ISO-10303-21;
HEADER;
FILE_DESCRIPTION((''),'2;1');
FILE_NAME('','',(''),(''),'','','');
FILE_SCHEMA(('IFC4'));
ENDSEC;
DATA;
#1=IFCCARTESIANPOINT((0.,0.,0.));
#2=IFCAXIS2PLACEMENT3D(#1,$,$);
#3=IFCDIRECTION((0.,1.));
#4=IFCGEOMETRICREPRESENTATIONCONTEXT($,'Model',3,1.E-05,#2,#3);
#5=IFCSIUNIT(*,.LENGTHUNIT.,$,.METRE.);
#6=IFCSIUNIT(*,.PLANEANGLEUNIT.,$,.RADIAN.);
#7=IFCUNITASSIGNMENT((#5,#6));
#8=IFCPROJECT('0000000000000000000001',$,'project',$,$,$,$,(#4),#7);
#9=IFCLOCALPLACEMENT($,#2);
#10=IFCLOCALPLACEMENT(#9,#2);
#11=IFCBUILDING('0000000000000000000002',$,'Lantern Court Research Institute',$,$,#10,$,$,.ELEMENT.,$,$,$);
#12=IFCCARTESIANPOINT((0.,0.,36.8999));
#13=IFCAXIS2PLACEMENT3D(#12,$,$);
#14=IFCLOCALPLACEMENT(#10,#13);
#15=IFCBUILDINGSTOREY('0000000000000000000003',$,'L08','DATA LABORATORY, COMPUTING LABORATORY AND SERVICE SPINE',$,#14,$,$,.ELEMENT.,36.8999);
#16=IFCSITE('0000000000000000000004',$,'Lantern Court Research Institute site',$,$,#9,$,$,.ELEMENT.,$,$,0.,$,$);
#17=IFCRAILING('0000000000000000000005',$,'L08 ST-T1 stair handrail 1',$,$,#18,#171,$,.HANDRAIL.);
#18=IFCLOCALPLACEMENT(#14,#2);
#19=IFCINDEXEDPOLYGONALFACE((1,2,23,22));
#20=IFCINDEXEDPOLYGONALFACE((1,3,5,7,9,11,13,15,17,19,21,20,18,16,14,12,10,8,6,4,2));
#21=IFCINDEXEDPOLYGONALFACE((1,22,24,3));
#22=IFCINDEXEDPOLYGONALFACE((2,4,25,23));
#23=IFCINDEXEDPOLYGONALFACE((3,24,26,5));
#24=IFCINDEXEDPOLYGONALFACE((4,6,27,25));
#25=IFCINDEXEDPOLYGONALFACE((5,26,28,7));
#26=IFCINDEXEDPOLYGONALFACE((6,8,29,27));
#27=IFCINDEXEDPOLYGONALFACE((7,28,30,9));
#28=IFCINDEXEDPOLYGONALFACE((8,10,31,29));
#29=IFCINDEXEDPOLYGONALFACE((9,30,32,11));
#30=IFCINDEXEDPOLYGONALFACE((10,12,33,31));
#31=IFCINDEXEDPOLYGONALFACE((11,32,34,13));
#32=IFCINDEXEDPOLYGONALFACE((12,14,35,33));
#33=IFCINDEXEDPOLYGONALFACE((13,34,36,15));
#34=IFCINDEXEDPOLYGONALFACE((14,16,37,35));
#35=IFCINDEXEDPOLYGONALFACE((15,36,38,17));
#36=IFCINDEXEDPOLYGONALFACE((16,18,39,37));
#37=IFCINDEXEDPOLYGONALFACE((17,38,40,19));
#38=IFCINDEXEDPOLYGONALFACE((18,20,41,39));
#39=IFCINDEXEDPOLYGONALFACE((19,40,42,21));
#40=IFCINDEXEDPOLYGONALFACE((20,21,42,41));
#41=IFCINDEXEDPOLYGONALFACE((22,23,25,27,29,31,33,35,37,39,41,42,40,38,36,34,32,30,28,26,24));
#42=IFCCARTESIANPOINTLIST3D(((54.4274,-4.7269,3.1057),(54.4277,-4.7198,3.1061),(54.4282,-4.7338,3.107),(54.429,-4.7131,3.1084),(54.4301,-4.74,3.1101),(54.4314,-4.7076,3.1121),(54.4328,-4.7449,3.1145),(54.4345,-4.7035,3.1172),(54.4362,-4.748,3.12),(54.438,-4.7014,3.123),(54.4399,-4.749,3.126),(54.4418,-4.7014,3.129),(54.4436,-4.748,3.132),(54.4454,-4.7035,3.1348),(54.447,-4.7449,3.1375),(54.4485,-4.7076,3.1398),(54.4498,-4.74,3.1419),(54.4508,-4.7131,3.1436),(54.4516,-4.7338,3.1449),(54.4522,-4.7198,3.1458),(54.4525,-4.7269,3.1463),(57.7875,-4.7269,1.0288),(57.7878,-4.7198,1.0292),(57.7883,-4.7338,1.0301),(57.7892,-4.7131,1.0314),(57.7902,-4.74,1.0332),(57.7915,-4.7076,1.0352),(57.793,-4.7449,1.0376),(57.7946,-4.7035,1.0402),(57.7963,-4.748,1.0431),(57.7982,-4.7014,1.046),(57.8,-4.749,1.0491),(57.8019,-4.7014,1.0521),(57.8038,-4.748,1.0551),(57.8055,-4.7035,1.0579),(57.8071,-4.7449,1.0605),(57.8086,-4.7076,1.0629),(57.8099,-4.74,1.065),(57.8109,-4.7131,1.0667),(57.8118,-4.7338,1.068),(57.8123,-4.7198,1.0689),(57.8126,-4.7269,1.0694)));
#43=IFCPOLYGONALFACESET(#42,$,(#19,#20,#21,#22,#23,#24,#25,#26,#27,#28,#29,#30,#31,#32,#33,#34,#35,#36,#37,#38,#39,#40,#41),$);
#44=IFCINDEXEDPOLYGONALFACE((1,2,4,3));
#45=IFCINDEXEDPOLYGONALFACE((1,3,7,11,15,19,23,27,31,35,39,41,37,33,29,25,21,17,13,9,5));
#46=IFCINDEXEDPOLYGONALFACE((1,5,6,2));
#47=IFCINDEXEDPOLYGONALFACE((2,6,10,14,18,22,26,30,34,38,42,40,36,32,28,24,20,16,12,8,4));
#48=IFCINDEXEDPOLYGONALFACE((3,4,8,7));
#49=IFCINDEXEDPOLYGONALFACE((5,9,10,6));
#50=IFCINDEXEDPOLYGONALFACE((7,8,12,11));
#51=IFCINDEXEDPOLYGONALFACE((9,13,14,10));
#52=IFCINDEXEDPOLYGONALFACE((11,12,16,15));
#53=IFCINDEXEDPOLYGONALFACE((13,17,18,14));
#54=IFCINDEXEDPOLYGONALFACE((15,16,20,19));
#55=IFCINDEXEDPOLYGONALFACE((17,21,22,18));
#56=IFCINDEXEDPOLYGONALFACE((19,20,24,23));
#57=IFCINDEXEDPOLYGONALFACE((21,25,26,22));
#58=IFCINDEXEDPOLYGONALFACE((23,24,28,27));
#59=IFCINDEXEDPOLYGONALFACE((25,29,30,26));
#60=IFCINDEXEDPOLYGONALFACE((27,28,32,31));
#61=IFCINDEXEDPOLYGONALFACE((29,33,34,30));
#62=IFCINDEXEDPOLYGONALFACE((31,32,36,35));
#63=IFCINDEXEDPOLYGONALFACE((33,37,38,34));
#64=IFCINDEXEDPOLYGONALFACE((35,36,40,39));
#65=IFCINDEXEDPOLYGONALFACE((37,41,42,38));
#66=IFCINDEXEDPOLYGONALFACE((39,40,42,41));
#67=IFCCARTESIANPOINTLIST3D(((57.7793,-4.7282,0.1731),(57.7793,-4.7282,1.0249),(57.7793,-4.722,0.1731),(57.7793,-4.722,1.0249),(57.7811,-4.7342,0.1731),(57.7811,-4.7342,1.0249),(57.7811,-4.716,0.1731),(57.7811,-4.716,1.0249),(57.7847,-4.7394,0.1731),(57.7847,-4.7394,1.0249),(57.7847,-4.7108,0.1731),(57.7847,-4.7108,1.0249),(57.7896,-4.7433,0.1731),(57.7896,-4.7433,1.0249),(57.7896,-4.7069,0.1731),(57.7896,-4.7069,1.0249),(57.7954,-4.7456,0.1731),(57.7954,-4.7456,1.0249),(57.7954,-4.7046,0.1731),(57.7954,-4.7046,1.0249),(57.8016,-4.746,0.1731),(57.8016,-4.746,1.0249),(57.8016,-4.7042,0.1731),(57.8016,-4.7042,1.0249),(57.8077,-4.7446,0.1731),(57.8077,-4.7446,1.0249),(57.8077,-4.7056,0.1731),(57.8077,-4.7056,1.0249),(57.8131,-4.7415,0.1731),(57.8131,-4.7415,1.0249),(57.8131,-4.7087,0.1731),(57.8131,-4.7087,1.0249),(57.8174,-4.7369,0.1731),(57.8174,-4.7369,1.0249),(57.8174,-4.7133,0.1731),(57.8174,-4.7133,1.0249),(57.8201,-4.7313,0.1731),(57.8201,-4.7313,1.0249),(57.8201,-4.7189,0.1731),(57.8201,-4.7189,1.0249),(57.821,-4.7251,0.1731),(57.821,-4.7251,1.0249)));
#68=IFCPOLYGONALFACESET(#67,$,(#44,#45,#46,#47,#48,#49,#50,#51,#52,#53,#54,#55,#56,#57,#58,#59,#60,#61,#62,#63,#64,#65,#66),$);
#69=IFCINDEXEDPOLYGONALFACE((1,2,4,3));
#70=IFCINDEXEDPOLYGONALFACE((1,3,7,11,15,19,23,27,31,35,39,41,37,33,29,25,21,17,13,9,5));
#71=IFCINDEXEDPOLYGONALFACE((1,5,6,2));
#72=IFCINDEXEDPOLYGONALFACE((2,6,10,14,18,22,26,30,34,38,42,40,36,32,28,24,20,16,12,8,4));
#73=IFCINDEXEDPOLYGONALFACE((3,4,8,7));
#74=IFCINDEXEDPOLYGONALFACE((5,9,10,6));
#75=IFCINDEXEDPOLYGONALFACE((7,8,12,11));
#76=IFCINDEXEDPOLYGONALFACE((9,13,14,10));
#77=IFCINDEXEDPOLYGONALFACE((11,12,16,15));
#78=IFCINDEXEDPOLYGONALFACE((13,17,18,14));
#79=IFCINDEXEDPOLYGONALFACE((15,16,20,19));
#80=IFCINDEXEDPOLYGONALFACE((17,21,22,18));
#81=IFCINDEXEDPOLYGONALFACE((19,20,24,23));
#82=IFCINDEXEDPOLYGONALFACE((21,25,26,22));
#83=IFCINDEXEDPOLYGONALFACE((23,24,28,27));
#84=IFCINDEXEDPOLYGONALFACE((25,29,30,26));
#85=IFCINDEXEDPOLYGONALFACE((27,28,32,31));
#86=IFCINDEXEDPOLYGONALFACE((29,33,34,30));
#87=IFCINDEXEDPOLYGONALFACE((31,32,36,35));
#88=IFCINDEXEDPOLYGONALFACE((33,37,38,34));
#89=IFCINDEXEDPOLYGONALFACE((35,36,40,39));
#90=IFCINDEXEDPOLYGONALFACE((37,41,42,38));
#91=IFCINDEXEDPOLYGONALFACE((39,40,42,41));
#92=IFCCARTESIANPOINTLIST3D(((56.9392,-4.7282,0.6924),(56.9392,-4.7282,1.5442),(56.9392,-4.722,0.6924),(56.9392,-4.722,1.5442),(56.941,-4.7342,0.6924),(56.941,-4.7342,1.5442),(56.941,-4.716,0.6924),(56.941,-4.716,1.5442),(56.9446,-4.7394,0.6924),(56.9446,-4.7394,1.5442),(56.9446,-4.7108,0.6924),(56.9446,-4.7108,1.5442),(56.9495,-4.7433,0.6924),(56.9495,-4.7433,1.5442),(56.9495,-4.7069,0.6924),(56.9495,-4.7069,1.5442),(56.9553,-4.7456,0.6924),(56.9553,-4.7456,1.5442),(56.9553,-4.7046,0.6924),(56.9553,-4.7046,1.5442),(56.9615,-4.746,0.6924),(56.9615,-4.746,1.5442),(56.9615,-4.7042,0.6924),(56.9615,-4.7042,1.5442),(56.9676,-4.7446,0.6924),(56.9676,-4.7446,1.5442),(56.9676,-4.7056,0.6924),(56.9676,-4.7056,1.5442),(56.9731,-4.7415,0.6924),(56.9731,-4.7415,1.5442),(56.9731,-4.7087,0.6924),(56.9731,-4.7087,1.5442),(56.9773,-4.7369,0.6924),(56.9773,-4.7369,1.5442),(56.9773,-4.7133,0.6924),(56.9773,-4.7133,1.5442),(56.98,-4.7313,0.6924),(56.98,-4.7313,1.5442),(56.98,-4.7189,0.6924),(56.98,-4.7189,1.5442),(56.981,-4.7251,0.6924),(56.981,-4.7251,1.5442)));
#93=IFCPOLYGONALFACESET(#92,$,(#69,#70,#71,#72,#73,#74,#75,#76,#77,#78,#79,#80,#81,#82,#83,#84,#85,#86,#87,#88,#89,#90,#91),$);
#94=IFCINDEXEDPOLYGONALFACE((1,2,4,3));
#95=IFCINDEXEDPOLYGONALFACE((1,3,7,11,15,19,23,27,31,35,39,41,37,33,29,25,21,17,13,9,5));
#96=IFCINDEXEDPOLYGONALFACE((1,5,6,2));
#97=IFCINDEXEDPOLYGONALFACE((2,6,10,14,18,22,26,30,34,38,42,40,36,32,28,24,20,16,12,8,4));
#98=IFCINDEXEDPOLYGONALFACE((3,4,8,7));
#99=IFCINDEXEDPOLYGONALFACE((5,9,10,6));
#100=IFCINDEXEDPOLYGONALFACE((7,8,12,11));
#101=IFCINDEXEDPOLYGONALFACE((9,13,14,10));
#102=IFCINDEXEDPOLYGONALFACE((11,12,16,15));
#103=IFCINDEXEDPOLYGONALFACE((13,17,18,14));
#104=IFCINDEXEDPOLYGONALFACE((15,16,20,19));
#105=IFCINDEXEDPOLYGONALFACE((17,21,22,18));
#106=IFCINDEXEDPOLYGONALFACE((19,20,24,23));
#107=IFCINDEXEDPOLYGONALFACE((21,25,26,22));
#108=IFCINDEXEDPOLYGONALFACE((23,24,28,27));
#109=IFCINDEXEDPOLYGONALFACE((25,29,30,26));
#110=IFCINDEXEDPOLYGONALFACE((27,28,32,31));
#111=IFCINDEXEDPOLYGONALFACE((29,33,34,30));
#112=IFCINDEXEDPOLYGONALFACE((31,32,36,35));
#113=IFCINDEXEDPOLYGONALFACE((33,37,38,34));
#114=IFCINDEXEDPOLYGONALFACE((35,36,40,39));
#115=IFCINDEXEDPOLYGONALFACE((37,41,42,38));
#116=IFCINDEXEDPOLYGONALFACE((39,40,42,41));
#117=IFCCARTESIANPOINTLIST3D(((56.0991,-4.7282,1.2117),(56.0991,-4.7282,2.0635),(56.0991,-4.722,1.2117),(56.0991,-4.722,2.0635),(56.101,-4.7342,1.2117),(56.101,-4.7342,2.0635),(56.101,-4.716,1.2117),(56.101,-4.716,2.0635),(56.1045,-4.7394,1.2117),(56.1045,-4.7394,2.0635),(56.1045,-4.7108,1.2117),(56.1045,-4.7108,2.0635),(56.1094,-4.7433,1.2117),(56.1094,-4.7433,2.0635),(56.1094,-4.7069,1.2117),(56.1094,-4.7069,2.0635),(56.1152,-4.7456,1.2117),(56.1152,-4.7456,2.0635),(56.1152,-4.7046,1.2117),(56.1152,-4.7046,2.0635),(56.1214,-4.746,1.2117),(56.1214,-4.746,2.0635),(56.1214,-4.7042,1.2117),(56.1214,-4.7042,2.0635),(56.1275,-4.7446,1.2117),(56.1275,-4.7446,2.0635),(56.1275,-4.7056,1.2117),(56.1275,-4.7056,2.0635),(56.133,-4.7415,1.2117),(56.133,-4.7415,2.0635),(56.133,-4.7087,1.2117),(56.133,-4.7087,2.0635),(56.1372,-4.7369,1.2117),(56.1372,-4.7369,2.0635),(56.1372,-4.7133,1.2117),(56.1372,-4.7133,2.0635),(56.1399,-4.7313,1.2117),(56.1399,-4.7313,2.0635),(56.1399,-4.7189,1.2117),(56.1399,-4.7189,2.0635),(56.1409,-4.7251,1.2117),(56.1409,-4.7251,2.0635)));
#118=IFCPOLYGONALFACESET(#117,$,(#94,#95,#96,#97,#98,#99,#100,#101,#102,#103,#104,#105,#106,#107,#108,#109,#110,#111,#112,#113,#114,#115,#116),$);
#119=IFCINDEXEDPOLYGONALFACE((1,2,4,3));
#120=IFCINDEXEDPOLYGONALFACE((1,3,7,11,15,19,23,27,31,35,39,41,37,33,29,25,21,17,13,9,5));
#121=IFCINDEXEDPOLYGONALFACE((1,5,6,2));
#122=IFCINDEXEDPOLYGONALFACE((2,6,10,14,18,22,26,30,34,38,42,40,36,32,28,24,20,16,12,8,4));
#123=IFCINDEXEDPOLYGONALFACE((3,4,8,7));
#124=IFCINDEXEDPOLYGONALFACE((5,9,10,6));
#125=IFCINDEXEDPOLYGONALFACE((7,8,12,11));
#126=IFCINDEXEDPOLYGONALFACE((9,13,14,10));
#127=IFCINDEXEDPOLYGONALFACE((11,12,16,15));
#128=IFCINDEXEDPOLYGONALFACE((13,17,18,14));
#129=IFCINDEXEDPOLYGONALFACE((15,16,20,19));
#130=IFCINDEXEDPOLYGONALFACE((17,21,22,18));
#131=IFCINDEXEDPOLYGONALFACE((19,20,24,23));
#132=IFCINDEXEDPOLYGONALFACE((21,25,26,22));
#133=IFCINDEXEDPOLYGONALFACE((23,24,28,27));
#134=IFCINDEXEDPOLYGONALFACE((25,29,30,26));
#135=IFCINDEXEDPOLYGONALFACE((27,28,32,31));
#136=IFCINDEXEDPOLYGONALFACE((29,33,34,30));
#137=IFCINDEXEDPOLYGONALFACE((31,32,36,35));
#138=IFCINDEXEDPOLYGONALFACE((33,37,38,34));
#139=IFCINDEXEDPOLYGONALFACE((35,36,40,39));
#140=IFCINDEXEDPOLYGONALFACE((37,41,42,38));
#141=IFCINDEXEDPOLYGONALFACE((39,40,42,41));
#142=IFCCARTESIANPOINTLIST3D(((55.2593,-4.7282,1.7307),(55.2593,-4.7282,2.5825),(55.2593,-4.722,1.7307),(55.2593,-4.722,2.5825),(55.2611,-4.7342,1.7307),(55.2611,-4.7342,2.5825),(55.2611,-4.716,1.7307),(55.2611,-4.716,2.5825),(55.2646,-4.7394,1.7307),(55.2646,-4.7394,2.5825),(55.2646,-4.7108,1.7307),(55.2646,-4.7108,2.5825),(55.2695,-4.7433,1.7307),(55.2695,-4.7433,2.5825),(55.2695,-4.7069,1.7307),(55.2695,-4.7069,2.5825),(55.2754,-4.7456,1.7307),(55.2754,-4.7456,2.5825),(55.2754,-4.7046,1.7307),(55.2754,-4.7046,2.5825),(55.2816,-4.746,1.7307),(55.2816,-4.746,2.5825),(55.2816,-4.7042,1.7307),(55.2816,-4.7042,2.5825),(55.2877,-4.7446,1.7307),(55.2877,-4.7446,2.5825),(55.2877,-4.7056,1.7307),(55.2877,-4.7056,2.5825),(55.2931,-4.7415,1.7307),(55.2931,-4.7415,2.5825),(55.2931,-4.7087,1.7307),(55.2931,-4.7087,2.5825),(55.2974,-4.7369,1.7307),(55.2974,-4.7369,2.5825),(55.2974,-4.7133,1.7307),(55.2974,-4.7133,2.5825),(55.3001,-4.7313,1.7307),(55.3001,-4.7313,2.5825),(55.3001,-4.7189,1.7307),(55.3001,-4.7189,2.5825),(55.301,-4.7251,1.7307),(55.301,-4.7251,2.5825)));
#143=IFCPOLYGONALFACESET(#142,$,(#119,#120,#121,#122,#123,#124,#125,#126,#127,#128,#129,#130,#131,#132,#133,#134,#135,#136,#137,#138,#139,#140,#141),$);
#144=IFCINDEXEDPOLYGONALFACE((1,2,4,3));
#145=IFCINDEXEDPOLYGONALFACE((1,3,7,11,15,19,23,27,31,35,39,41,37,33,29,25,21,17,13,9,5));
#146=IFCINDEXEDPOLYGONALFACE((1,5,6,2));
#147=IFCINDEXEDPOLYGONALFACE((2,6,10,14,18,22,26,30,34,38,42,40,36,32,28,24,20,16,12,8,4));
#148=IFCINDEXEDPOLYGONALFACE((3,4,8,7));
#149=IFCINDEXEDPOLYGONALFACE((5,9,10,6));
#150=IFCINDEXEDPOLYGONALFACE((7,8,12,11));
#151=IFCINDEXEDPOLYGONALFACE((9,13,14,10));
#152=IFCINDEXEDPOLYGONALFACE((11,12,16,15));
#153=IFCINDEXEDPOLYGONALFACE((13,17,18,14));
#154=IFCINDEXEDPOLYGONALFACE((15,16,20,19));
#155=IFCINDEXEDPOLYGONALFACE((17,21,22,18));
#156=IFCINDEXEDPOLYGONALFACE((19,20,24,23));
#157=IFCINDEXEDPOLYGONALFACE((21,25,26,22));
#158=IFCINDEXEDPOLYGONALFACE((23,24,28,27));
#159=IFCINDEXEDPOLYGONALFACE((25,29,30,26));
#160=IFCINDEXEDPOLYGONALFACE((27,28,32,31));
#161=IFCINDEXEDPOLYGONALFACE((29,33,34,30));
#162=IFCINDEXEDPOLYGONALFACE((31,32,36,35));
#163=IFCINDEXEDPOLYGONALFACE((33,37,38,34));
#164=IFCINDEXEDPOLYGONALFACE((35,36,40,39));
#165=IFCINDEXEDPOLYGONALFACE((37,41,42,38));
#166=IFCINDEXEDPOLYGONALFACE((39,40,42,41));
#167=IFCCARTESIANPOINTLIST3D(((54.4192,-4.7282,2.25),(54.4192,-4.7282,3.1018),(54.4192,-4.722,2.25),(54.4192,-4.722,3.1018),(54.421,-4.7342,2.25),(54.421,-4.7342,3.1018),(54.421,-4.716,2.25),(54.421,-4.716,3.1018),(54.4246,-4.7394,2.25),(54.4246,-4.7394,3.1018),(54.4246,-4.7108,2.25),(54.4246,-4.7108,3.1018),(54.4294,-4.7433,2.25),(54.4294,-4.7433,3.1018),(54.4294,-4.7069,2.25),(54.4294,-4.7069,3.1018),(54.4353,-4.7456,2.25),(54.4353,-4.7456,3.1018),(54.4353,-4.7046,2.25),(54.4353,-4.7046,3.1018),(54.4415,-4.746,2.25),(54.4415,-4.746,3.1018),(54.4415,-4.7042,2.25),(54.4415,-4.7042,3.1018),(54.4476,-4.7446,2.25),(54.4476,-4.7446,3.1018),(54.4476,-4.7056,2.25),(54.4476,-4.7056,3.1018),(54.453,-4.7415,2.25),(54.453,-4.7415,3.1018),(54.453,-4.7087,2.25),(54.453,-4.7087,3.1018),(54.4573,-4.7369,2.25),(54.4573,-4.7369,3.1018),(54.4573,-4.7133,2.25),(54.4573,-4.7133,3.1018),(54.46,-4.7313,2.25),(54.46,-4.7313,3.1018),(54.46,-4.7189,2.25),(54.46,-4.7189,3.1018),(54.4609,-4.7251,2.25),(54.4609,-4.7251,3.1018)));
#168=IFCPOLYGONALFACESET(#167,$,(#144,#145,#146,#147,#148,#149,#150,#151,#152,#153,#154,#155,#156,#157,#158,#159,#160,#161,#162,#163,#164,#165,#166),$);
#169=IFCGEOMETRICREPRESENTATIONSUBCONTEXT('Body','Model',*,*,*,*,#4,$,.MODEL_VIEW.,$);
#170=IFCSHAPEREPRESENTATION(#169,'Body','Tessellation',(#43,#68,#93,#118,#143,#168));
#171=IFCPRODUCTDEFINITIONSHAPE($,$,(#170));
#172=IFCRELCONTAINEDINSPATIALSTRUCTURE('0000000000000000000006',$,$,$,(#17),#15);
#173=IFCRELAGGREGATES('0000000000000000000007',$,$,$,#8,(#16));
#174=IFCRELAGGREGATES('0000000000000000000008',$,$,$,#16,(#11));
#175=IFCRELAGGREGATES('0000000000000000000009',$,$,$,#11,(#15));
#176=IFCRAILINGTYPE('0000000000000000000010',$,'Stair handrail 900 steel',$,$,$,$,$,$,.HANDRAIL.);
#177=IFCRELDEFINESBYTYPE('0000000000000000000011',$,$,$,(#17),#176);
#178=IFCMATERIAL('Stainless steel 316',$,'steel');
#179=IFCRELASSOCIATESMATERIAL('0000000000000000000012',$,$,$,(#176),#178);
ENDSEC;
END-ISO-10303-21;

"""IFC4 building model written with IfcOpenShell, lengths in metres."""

from ifc_helpers import new_model, si_unit, direction, frame, origin, origin_2d, place, context, subcontext, project, spatial, circle, extrude, material, type_object, element, save


model = new_model("IFC4")

# Units and contexts
model_context = context("Model", 3, precision=1e-05, world=origin(), true_north=direction((0.0, 1.0)))
body_context = subcontext(model_context, "Body", "Model", "MODEL_VIEW")
ifc_project = project(units=[si_unit("LENGTHUNIT", "METRE"), si_unit("PLANEANGLEUNIT", "RADIAN")], contexts=[model_context])

# Site, building, storey
site_placement = place(None, origin())
site = spatial("IfcSite", under=ifc_project, at=site_placement, Name="Lantern Court Research Institute site", CompositionType="ELEMENT", RefElevation=0.0)
building_placement = place(site_placement, origin())
building = spatial("IfcBuilding", under=site, at=building_placement, Name="Lantern Court Research Institute", CompositionType="ELEMENT")
storey_placement = place(building_placement, frame((0.0, 0.0, 36.8999)))
storey = spatial("IfcBuildingStorey", under=building, at=storey_placement, Name="L08", Description="DATA LABORATORY, COMPUTING LABORATORY AND SERVICE SPINE", CompositionType="ELEMENT", Elevation=36.8999)

# Railing
ifc_material_1 = material(Name="Stainless steel 316", Category="steel")
railing_type_1 = type_object("IfcRailingType", Name="Stair handrail 900 steel", PredefinedType="HANDRAIL", material=ifc_material_1)
railing_1_placement = place(storey_placement, frame((57.8, -4.7251, 0.1731)))
element("IfcRailing", 1, at=railing_1_placement, inside=storey, type_object=railing_type_1, Name="L08 ST-T1 stair handrail 1", PredefinedType="HANDRAIL", context=body_context, shape_type="SweptSolid", body=[
    extrude(circle(Radius=0.0239, at=origin_2d()), frame((0.0, 0.0, 0.876), z_axis=(-0.850623, 0.0, 0.525776), x_axis=(0.0, -1.0, 0.0)), (0.0, 0.0, 1.0), 3.9502),
    extrude(circle(Radius=0.021, at=origin_2d()), origin(), (0.0, 0.0, 1.0), 0.8518),
    extrude(circle(Radius=0.021, at=origin_2d()), frame((-0.8401, 0.0, 0.5193)), (0.0, 0.0, 1.0), 0.8518),
    extrude(circle(Radius=0.021, at=origin_2d()), frame((-1.6802, 0.0, 1.0386)), (0.0, 0.0, 1.0), 0.8518),
    extrude(circle(Radius=0.021, at=origin_2d()), frame((-2.52, 0.0, 1.5576)), (0.0, 0.0, 1.0), 0.8518),
    extrude(circle(Radius=0.021, at=origin_2d()), frame((-3.3601, 0.0, 2.0769)), (0.0, 0.0, 1.0), 0.8518),
])

save(model, "model.ifc")
